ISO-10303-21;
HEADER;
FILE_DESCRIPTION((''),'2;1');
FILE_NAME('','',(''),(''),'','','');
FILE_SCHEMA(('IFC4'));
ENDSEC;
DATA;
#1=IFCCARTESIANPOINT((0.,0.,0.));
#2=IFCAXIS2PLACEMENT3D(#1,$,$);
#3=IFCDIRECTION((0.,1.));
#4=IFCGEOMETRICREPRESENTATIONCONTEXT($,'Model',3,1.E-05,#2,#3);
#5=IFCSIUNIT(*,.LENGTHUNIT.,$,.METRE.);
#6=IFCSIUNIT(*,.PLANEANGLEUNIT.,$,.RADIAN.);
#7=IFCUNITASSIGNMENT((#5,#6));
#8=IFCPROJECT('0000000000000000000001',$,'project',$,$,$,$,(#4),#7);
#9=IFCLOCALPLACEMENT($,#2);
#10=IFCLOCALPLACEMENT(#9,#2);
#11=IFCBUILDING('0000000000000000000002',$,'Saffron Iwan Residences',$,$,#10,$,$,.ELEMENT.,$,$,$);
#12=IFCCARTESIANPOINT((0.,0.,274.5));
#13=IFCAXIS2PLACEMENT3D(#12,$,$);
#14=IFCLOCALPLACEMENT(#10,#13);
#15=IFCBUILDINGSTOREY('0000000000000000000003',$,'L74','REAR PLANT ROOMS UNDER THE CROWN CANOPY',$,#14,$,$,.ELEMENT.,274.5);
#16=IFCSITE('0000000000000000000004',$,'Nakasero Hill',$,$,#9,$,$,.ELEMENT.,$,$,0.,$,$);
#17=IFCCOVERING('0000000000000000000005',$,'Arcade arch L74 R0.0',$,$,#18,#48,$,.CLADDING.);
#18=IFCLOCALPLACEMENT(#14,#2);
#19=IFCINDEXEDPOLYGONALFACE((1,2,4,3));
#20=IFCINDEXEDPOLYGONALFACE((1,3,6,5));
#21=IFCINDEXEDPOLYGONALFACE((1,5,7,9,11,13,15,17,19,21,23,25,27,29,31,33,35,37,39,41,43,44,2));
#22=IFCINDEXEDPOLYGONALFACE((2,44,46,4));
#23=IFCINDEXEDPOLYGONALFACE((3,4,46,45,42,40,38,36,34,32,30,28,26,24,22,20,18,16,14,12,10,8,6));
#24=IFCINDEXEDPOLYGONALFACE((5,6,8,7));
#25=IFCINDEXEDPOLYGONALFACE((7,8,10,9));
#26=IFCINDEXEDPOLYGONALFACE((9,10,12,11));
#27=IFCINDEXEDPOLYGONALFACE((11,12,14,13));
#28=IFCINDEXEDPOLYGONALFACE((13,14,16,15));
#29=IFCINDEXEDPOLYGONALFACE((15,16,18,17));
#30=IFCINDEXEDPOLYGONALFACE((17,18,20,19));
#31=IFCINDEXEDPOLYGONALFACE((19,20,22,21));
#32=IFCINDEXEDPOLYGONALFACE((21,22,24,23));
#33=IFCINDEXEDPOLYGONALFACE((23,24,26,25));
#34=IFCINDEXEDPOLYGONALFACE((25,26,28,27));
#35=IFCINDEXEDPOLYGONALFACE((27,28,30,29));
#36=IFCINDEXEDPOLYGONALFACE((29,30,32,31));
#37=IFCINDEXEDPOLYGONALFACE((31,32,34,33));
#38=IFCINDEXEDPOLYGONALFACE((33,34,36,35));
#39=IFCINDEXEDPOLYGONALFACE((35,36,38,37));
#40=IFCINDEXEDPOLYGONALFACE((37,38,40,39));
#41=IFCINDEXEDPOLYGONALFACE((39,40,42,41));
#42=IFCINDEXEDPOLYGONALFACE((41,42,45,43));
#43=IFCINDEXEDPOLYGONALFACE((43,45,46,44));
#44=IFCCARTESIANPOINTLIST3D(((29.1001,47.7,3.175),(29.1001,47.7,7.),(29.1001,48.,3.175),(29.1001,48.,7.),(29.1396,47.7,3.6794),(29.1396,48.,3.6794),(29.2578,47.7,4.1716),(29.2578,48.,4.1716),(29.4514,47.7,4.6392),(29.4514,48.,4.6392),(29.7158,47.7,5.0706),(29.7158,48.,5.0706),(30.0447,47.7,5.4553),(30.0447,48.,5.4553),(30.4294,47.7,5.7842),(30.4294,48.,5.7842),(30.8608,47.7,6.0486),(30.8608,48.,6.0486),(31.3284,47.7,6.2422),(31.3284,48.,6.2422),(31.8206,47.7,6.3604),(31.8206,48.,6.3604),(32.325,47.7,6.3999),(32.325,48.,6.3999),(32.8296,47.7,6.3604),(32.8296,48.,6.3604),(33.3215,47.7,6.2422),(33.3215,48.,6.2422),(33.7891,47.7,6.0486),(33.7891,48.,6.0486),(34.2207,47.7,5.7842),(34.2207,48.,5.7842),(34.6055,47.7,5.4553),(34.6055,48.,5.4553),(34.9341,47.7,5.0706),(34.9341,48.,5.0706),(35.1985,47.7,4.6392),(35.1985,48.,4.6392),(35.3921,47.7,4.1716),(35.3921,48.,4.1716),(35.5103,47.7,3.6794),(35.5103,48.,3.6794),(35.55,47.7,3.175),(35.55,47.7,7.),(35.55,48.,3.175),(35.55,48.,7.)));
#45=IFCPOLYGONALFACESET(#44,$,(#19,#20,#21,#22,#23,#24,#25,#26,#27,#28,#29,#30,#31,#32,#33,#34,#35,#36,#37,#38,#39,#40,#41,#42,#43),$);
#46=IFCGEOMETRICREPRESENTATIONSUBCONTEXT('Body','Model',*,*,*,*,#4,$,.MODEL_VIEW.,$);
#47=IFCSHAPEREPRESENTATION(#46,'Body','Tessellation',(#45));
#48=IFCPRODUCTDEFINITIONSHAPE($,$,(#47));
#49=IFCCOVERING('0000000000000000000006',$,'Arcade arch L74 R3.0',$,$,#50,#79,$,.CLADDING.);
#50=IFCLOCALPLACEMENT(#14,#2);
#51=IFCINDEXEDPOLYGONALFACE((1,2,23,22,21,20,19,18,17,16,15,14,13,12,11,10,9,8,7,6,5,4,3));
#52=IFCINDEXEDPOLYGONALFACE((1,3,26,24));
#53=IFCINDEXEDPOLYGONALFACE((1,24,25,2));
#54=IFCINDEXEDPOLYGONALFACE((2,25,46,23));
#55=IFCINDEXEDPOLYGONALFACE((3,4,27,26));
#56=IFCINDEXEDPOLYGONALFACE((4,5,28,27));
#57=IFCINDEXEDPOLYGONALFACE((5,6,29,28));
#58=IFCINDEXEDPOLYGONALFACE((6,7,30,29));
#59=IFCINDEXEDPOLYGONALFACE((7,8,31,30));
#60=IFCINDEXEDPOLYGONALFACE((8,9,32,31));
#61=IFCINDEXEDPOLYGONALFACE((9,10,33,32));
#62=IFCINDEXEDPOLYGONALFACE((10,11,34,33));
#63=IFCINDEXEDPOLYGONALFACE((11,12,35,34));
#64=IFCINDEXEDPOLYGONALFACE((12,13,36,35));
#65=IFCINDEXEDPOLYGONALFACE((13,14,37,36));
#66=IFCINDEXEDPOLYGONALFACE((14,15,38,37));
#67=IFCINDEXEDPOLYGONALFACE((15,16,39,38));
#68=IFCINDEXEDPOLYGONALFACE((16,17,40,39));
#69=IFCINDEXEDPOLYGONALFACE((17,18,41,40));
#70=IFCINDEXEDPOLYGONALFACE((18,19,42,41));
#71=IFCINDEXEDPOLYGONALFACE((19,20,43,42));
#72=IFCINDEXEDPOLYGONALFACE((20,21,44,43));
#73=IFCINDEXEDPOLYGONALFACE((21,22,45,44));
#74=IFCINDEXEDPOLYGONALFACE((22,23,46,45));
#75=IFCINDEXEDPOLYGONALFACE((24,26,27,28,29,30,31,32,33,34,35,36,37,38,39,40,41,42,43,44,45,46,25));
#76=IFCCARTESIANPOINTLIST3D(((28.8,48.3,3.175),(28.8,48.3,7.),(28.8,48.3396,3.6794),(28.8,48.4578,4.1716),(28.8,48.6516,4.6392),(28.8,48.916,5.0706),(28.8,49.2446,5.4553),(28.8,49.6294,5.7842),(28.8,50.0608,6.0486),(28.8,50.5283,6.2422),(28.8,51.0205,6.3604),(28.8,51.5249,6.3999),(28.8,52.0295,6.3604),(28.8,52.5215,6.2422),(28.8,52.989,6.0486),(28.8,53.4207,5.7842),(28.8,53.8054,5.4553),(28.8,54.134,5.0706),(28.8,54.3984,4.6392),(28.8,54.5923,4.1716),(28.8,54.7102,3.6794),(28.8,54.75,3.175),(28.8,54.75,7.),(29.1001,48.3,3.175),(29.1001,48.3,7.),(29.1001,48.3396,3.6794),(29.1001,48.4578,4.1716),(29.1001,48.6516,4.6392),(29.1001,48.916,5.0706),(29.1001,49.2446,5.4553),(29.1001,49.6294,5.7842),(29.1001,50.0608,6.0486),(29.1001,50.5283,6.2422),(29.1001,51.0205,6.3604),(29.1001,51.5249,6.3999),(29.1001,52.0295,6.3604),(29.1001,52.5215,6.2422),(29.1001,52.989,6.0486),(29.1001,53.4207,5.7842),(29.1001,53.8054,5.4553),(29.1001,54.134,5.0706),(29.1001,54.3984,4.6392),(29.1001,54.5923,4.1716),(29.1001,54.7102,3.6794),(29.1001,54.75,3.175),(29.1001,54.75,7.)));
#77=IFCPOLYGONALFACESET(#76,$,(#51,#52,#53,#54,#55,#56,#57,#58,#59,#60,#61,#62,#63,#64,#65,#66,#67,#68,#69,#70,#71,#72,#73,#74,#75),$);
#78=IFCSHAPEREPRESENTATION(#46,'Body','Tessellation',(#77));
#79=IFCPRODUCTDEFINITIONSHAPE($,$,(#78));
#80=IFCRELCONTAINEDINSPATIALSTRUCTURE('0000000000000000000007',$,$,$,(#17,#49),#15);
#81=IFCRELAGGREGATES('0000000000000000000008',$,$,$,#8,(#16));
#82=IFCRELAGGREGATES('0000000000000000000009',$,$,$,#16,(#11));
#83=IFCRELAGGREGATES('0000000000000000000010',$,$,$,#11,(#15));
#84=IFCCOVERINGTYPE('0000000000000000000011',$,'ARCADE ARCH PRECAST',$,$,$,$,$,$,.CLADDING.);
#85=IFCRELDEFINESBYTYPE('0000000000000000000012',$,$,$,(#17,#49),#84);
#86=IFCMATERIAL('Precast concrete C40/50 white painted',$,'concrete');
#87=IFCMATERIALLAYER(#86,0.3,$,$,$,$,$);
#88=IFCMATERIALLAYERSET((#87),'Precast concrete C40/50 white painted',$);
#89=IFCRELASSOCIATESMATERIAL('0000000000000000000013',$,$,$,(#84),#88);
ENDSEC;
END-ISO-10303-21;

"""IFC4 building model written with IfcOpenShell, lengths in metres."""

from ifc_helpers import new_model, si_unit, direction, frame, origin, place, context, subcontext, project, spatial, polyline, outline, extrude, material, layer, layer_set, type_object, element, save


model = new_model("IFC4")

# Units and contexts
model_context = context("Model", 3, precision=1e-05, world=origin(), true_north=direction((0.0, 1.0)))
body_context = subcontext(model_context, "Body", "Model", "MODEL_VIEW")
ifc_project = project(units=[si_unit("LENGTHUNIT", "METRE"), si_unit("PLANEANGLEUNIT", "RADIAN")], contexts=[model_context])

# Site, building, storey
site_placement = place(None, origin())
site = spatial("IfcSite", under=ifc_project, at=site_placement, Name="Nakasero Hill", CompositionType="ELEMENT", RefElevation=0.0)
building_placement = place(site_placement, origin())
building = spatial("IfcBuilding", under=site, at=building_placement, Name="Saffron Iwan Residences", CompositionType="ELEMENT")
storey_placement = place(building_placement, frame((0.0, 0.0, 274.5)))
storey = spatial("IfcBuildingStorey", under=building, at=storey_placement, Name="L74", Description="REAR PLANT ROOMS UNDER THE CROWN CANOPY", CompositionType="ELEMENT", Elevation=274.5)

# Coverings
ifc_material_1 = material(Name="Precast concrete C40/50 white painted", Category="concrete")
ifc_layer_1 = layer(ifc_material_1, 0.3)
ifc_layer_set_1 = layer_set([ifc_layer_1], Name="Precast concrete C40/50 white painted")
covering_type = type_object("IfcCoveringType", Name="ARCADE ARCH PRECAST", PredefinedType="CLADDING", material=ifc_layer_set_1)
covering_1_placement = place(storey_placement, frame((29.1001, 48.0, 3.175), z_axis=(0.0, 1.0, 0.0), x_axis=(0.0, 0.0, 1.0)))
element("IfcCovering", 1, at=covering_1_placement, inside=storey, type_object=covering_type, Name="Arcade arch L74 R0.0", PredefinedType="CLADDING", context=body_context, shape_type="SweptSolid", body=[
    extrude(outline(polyline([(0.0, 0.0), (3.825, 0.0), (3.825, 6.45), (0.0, 6.45), (0.5044, 6.4102), (0.9966, 6.292), (1.4641, 6.0984), (1.8955, 5.834), (2.2803, 5.5054), (2.6091, 5.1206), (2.8735, 4.689), (3.0671, 4.2214), (3.1853, 3.7295), (3.2249, 3.2249), (3.1853, 2.7205), (3.0671, 2.2283), (2.8735, 1.7607), (2.6091, 1.3293), (2.2803, 0.9446), (1.8955, 0.6157), (1.4641, 0.3513), (0.9966, 0.1577), (0.5044, 0.0396), (0.0, 0.0)])), origin(), (0.0, 0.0, -1.0), 0.3),
])
covering_2_placement = place(storey_placement, frame((28.8, 48.3, 3.175), z_axis=(-1.0, 0.0, 0.0), x_axis=(0.0, 0.0, 1.0)))
element("IfcCovering", 2, at=covering_2_placement, inside=storey, type_object=covering_type, Name="Arcade arch L74 R3.0", PredefinedType="CLADDING", context=body_context, shape_type="SweptSolid", body=[
    extrude(outline(polyline([(0.0, 0.0), (3.825, 0.0), (3.825, 6.45), (0.0, 6.45), (0.5044, 6.4102), (0.9966, 6.2922), (1.4641, 6.0984), (1.8955, 5.834), (2.2803, 5.5054), (2.6091, 5.1206), (2.8735, 4.689), (3.0671, 4.2214), (3.1853, 3.7295), (3.2249, 3.2249), (3.1853, 2.7205), (3.0671, 2.2283), (2.8735, 1.7607), (2.6091, 1.3293), (2.2803, 0.9446), (1.8955, 0.616), (1.4641, 0.3516), (0.9966, 0.1577), (0.5044, 0.0396), (0.0, 0.0)])), origin(), (0.0, 0.0, -1.0), 0.3),
])

save(model, "model.ifc")
